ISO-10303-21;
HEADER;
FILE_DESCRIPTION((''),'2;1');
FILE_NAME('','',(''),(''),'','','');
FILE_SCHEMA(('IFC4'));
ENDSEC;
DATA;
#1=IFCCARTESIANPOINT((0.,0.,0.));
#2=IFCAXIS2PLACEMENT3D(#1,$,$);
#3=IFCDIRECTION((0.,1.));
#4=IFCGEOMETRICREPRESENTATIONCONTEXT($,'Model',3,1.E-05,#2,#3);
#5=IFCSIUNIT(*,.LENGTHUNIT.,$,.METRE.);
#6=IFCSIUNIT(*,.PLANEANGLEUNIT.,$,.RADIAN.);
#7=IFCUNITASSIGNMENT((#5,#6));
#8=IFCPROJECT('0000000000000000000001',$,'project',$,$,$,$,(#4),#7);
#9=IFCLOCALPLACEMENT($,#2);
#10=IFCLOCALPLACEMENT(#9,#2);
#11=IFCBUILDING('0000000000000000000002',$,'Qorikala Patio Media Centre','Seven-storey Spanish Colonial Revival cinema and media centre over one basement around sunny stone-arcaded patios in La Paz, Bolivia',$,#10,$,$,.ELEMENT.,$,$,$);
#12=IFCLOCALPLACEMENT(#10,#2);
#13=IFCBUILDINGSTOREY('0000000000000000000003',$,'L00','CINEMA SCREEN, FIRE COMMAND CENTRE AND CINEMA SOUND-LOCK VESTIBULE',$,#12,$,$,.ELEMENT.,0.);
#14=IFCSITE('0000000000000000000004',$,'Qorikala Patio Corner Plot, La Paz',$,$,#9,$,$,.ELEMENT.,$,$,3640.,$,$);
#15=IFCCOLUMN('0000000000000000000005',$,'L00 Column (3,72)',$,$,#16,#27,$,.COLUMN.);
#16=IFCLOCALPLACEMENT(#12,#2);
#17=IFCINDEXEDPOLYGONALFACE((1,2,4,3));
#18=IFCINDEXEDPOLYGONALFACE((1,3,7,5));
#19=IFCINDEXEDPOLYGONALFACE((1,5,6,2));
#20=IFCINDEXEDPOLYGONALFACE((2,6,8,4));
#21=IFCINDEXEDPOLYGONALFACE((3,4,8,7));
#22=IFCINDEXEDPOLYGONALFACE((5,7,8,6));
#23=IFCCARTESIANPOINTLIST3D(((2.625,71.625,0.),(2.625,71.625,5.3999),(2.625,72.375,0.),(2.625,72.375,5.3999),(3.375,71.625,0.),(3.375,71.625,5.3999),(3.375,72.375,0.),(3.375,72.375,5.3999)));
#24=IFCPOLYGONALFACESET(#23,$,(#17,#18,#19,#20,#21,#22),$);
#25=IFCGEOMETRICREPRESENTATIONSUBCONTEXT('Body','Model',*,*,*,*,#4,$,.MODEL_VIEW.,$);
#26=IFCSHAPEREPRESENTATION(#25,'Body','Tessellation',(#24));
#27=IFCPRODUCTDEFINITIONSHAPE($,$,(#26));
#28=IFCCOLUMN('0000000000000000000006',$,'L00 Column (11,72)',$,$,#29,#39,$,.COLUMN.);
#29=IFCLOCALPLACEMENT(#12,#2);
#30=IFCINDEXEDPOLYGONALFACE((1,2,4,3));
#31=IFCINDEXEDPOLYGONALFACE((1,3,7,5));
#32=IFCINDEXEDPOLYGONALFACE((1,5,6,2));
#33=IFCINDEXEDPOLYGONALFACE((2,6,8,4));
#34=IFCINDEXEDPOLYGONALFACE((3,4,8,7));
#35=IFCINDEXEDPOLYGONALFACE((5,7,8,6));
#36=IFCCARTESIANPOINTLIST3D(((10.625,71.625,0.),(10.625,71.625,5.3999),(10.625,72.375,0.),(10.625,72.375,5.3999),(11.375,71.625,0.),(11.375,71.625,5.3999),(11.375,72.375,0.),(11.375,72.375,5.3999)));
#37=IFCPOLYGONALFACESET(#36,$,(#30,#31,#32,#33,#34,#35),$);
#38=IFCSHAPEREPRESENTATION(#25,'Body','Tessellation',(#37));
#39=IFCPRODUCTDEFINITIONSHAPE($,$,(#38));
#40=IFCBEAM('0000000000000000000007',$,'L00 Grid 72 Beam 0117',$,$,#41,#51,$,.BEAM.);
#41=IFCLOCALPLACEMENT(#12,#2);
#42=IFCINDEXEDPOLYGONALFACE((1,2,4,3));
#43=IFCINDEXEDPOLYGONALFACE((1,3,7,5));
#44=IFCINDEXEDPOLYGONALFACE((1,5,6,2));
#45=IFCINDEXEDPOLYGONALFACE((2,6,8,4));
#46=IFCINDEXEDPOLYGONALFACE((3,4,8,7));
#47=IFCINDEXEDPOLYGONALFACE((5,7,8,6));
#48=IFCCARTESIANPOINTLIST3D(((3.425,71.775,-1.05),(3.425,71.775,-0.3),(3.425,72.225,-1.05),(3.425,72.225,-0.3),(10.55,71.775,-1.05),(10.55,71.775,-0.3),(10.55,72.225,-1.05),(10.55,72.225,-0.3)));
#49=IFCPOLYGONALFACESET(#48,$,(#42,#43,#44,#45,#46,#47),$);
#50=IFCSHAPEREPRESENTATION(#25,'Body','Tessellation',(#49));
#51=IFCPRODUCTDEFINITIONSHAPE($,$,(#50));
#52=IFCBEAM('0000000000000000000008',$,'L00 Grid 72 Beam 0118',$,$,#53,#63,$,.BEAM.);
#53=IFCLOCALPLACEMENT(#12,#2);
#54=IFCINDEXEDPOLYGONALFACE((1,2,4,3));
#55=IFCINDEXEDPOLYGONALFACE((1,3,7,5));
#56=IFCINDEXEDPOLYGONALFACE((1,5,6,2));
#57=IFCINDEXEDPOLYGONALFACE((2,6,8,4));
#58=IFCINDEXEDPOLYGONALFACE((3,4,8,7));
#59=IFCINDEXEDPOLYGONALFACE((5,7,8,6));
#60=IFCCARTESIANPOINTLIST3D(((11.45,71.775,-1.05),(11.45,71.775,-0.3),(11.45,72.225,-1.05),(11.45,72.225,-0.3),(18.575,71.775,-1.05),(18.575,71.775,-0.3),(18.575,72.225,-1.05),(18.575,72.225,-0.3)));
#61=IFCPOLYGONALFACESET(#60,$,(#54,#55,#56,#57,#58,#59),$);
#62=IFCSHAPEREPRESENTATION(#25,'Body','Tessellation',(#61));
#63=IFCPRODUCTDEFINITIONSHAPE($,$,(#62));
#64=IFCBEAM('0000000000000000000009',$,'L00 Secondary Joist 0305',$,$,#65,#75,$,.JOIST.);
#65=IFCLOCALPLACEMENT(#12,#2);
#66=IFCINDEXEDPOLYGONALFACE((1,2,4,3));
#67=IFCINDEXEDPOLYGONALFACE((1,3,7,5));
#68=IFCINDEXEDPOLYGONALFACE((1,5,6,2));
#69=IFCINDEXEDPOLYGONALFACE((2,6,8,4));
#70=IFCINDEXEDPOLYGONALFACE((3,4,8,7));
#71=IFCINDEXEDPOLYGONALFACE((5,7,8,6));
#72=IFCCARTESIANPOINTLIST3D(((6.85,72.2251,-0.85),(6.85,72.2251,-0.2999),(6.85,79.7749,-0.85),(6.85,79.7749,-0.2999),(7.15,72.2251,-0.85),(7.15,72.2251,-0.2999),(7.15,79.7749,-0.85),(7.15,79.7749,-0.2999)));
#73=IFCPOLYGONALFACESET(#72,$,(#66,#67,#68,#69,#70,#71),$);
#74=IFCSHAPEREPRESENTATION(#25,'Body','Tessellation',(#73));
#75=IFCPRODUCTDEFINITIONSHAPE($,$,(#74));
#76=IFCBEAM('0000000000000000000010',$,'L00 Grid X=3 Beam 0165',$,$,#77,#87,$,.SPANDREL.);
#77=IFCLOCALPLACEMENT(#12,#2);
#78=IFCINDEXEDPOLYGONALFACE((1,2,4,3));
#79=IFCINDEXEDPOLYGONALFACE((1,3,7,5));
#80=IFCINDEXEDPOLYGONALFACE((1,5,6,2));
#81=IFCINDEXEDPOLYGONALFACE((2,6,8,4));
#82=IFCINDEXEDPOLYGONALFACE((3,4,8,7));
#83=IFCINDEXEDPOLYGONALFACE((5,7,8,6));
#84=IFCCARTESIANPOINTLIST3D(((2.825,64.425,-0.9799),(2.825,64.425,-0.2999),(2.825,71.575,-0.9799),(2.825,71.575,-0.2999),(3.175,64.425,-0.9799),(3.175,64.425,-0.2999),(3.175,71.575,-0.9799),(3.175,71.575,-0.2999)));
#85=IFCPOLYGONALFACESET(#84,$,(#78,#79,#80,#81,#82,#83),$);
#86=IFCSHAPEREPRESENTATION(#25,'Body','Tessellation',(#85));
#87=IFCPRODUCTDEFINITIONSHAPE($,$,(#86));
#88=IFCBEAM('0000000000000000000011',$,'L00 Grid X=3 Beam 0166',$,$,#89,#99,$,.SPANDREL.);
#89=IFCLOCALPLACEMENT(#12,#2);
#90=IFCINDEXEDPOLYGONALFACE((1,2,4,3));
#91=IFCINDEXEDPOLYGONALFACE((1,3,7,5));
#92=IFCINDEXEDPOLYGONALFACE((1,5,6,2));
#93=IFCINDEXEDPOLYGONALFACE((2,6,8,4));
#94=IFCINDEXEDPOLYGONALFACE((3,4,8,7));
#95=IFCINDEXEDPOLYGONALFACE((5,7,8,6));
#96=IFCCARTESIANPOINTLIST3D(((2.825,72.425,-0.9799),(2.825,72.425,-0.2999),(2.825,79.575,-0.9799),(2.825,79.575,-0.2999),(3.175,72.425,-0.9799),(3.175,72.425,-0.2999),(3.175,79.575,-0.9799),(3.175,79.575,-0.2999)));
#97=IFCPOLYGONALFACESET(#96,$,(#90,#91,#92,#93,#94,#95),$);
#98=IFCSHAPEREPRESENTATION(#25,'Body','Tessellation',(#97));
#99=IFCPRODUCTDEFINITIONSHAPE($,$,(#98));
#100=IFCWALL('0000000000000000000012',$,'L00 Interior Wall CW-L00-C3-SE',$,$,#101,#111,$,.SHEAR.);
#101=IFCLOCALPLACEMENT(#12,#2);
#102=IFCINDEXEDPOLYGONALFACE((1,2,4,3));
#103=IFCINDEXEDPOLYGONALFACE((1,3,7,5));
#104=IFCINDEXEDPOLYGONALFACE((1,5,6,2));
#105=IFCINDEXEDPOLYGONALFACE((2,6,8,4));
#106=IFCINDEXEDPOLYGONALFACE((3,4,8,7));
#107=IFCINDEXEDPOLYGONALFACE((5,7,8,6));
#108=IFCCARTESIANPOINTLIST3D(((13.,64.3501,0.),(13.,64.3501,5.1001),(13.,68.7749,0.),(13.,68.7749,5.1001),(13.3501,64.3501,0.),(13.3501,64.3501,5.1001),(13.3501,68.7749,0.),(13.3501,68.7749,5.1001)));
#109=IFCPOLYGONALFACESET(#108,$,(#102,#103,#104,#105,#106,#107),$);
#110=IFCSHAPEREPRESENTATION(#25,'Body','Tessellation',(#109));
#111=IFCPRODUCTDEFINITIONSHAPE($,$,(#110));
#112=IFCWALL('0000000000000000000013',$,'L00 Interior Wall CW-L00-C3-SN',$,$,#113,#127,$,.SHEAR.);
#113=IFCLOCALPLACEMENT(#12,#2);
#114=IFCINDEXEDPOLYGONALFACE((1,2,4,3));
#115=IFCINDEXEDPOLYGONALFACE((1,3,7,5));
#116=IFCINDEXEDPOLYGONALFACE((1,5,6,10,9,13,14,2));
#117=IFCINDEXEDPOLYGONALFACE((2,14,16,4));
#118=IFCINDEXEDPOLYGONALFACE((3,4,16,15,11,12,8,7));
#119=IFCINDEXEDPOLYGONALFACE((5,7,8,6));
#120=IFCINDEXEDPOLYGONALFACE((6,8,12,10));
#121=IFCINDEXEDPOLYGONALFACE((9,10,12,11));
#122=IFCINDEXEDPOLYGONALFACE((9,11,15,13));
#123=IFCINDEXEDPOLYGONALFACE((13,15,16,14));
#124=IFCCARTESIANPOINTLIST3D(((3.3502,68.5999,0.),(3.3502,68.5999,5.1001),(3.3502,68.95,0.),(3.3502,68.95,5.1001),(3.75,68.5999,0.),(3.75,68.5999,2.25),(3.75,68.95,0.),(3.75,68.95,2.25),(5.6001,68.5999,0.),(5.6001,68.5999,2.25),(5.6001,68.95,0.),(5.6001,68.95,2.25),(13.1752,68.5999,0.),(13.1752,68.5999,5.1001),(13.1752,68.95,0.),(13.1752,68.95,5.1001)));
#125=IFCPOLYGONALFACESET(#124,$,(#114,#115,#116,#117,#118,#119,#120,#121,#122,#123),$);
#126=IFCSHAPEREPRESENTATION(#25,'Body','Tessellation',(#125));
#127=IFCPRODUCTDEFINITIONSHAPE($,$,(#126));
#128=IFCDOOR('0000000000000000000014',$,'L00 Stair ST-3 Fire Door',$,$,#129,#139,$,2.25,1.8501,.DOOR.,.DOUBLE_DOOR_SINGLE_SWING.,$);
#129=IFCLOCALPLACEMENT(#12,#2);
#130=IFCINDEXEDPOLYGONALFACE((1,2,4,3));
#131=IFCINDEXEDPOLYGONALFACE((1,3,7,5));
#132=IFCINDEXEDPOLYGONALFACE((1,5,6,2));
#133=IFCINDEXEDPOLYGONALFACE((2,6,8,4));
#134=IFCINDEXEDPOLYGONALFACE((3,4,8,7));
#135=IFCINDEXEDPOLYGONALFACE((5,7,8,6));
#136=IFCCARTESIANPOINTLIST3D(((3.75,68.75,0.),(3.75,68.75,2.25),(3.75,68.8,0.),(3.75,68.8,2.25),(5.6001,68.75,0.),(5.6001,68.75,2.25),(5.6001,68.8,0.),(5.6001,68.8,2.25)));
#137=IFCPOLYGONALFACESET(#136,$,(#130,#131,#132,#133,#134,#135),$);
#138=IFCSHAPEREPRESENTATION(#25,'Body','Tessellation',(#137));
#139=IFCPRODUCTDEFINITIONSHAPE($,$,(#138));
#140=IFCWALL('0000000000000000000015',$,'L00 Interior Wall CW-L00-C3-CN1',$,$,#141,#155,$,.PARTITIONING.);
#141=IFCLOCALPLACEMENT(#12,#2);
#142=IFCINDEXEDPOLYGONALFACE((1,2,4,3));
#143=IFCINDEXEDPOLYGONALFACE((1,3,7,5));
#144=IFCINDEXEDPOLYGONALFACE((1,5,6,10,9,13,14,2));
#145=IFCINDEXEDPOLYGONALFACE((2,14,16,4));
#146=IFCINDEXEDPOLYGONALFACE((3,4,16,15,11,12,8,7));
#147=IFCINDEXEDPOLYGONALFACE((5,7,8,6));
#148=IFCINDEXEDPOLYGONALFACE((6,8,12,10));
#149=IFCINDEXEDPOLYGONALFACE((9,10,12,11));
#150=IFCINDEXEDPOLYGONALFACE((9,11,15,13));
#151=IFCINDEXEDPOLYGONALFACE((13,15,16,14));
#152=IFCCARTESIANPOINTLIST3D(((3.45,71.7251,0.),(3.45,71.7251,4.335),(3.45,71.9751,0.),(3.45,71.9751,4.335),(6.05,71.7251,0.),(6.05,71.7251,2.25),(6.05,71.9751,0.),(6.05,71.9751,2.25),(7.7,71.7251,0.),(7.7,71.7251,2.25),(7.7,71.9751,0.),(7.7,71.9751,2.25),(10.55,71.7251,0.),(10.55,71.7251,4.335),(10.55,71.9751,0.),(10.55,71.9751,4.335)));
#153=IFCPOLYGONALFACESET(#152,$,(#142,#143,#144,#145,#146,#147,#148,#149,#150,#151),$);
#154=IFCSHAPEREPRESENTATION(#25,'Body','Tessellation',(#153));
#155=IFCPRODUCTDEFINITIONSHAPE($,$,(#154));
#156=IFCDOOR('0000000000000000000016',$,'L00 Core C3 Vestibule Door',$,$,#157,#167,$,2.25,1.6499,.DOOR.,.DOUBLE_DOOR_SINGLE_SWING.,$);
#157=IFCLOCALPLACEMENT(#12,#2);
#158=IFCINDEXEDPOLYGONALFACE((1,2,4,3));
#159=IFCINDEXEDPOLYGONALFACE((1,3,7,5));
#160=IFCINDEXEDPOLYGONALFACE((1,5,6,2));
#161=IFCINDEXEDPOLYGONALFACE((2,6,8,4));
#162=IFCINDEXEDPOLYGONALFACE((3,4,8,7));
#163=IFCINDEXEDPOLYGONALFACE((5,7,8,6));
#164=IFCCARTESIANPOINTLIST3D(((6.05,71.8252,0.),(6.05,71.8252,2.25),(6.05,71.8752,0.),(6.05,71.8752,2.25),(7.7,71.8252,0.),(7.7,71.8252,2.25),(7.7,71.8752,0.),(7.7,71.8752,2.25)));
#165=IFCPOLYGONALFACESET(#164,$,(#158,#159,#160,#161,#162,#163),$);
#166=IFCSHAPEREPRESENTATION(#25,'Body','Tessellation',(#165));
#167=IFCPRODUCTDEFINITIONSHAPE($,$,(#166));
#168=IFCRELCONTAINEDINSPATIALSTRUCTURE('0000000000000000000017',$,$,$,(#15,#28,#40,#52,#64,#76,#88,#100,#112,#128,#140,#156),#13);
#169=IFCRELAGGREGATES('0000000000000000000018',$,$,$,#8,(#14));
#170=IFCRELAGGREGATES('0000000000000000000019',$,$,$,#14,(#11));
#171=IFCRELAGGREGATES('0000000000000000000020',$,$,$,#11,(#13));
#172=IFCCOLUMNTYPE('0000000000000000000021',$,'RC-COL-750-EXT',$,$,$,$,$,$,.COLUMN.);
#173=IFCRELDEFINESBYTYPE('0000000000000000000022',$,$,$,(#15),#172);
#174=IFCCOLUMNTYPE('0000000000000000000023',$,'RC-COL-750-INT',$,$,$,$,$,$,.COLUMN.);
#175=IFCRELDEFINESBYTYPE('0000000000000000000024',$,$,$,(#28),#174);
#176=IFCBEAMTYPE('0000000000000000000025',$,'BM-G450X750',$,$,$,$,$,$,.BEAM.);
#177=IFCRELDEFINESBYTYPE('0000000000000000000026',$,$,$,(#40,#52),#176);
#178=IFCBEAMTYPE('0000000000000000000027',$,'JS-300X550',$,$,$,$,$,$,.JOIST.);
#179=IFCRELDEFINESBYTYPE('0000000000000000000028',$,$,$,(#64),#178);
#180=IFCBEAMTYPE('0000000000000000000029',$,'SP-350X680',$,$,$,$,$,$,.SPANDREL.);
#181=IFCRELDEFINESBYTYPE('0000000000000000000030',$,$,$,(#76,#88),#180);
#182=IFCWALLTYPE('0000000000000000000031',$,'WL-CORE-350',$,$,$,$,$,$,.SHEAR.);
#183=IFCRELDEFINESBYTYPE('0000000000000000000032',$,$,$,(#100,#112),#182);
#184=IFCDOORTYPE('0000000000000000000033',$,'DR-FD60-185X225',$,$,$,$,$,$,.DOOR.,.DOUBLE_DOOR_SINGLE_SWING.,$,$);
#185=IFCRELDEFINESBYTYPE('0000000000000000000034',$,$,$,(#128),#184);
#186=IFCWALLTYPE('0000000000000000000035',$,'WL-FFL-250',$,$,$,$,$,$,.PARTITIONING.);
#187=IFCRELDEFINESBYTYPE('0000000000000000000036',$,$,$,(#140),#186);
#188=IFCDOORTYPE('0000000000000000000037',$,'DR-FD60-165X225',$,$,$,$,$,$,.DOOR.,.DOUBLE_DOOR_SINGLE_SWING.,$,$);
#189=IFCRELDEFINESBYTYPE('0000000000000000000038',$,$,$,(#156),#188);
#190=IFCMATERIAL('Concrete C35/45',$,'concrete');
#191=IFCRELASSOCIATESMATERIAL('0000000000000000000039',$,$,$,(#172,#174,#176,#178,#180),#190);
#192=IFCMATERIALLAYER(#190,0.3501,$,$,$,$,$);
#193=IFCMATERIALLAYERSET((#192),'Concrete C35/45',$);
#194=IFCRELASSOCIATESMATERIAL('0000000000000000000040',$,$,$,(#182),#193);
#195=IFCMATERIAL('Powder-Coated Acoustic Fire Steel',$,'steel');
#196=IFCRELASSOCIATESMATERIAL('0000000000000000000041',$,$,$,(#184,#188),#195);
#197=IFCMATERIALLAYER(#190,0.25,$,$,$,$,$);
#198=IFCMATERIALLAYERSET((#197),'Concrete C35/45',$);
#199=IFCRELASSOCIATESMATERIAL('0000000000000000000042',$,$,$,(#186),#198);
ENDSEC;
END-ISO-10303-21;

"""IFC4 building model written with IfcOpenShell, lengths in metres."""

from ifc_helpers import new_model, si_unit, direction, frame, frame_2d, origin, origin_2d, place, context, subcontext, project, spatial, rectangle, extrude, material, layer, layer_set, material_profile, profile_set, type_object, element, fill, save


model = new_model("IFC4")

# Units and contexts
model_context = context("Model", 3, precision=1e-05, world=origin(), true_north=direction((0.0, 1.0)))
body_context = subcontext(model_context, "Body", "Model", "MODEL_VIEW")
ifc_project = project(units=[si_unit("LENGTHUNIT", "METRE"), si_unit("PLANEANGLEUNIT", "RADIAN")], contexts=[model_context])

# Site, building, storey
site_placement = place(None, origin())
site = spatial("IfcSite", under=ifc_project, at=site_placement, Name="Qorikala Patio Corner Plot, La Paz", CompositionType="ELEMENT", RefElevation=3640.0)
building_placement = place(site_placement, origin())
building = spatial("IfcBuilding", under=site, at=building_placement, Name="Qorikala Patio Media Centre", Description="Seven-storey Spanish Colonial Revival cinema and media centre over one basement around sunny stone-arcaded patios in La Paz, Bolivia", CompositionType="ELEMENT")
storey_placement = place(building_placement, origin())
storey = spatial("IfcBuildingStorey", under=building, at=storey_placement, Name="L00", Description="CINEMA SCREEN, FIRE COMMAND CENTRE AND CINEMA SOUND-LOCK VESTIBULE", CompositionType="ELEMENT", Elevation=0.0)

# Columns
ifc_material_1 = material(Name="Concrete C35/45", Category="concrete")
ifc_material_profile_1 = material_profile(ifc_material_1, rectangle(XDim=0.75, YDim=0.75, at=origin_2d()), Name="RC 750x750")
ifc_profile_set_1 = profile_set([ifc_material_profile_1], Name="Concrete C35/45")
column_type_1 = type_object("IfcColumnType", Name="RC-COL-750-EXT", PredefinedType="COLUMN", material=ifc_profile_set_1)
column_1_placement = place(storey_placement, frame((3.0, 72.0, 0.0), z_axis=(0.0, 0.0, 1.0), x_axis=(1.0, 0.0, 0.0)))
element("IfcColumn", 1, at=column_1_placement, inside=storey, type_object=column_type_1, Name="L00 Column (3,72)", PredefinedType="COLUMN", context=body_context, shape_type="SweptSolid", body=[
    extrude(rectangle(XDim=0.75, YDim=0.75, at=origin_2d()), origin(), (0.0, 0.0, 1.0), 5.3999),
])
ifc_material_profile_2 = material_profile(ifc_material_1, rectangle(XDim=0.75, YDim=0.75, at=origin_2d()), Name="RC 750x750")
ifc_profile_set_2 = profile_set([ifc_material_profile_2], Name="Concrete C35/45")
column_type_2 = type_object("IfcColumnType", Name="RC-COL-750-INT", PredefinedType="COLUMN", material=ifc_profile_set_2)
column_2_placement = place(storey_placement, frame((11.0, 72.0, 0.0), z_axis=(0.0, 0.0, 1.0), x_axis=(1.0, 0.0, 0.0)))
element("IfcColumn", 2, at=column_2_placement, inside=storey, type_object=column_type_2, Name="L00 Column (11,72)", PredefinedType="COLUMN", context=body_context, shape_type="SweptSolid", body=[
    extrude(rectangle(XDim=0.75, YDim=0.75, at=origin_2d()), origin(), (0.0, 0.0, 1.0), 5.3999),
])

# Beams
ifc_material_profile_3 = material_profile(ifc_material_1, rectangle(XDim=0.45, YDim=0.75, at=origin_2d()), Name="RC 450x750")
ifc_profile_set_3 = profile_set([ifc_material_profile_3], Name="Concrete C35/45")
beam_type_1 = type_object("IfcBeamType", Name="BM-G450X750", PredefinedType="BEAM", material=ifc_profile_set_3)
for number, where, z_axis, x_axis, name in (
    (3, (3.425, 72.0, -0.675), (1.0, 0.0, 0.0), (0.0, 1.0, 0.0), "L00 Grid 72 Beam 0117"),
    (4, (11.45, 72.0, -0.675), (1.0, 0.0, 0.0), (0.0, 1.0, 0.0), "L00 Grid 72 Beam 0118"),
):
    element("IfcBeam", number, at=place(storey_placement, frame(where, z_axis=z_axis, x_axis=x_axis)), inside=storey, type_object=beam_type_1, Name=name, PredefinedType="BEAM", context=body_context, shape_type="SweptSolid", body=[
        extrude(rectangle(XDim=0.45, YDim=0.75, at=origin_2d()), origin(), (0.0, 0.0, 1.0), 7.125),
    ])
ifc_material_profile_4 = material_profile(ifc_material_1, rectangle(XDim=0.3, YDim=0.55, at=origin_2d()), Name="RC 300x550")
ifc_profile_set_4 = profile_set([ifc_material_profile_4], Name="Concrete C35/45")
beam_type_2 = type_object("IfcBeamType", Name="JS-300X550", PredefinedType="JOIST", material=ifc_profile_set_4)
beam_placement = place(storey_placement, frame((7.0, 72.2251, -0.575), z_axis=(0.0, 1.0, 0.0), x_axis=(-1.0, 0.0, 0.0)))
element("IfcBeam", 5, at=beam_placement, inside=storey, type_object=beam_type_2, Name="L00 Secondary Joist 0305", PredefinedType="JOIST", context=body_context, shape_type="SweptSolid", body=[
    extrude(rectangle(XDim=0.3, YDim=0.55, at=origin_2d()), origin(), (0.0, 0.0, 1.0), 7.5498),
])
ifc_material_profile_5 = material_profile(ifc_material_1, rectangle(XDim=0.3501, YDim=0.6799, at=origin_2d()), Name="RC 350x680")
ifc_profile_set_5 = profile_set([ifc_material_profile_5], Name="Concrete C35/45")
beam_type_3 = type_object("IfcBeamType", Name="SP-350X680", PredefinedType="SPANDREL", material=ifc_profile_set_5)
for number, where, z_axis, x_axis, name in (
    (6, (3.0, 64.425, -0.6399), (0.0, 1.0, 0.0), (-1.0, 0.0, 0.0), "L00 Grid X=3 Beam 0165"),
    (7, (3.0, 72.425, -0.6399), (0.0, 1.0, 0.0), (-1.0, 0.0, 0.0), "L00 Grid X=3 Beam 0166"),
):
    element("IfcBeam", number, at=place(storey_placement, frame(where, z_axis=z_axis, x_axis=x_axis)), inside=storey, type_object=beam_type_3, Name=name, PredefinedType="SPANDREL", context=body_context, shape_type="SweptSolid", body=[
        extrude(rectangle(XDim=0.3501, YDim=0.6799, at=origin_2d()), origin(), (0.0, 0.0, 1.0), 7.1499),
    ])

# Wall
ifc_layer_1 = layer(ifc_material_1, 0.3501)
ifc_layer_set_1 = layer_set([ifc_layer_1], Name="Concrete C35/45")
wall_type_1 = type_object("IfcWallType", Name="WL-CORE-350", PredefinedType="SHEAR", material=ifc_layer_set_1)
wall_1_placement = place(storey_placement, frame((13.175, 64.3501, 0.0), z_axis=(0.0, 0.0, 1.0), x_axis=(0.0, 1.0, 0.0)))
element("IfcWall", 8, at=wall_1_placement, inside=storey, type_object=wall_type_1, Name="L00 Interior Wall CW-L00-C3-SE", PredefinedType="SHEAR", context=body_context, shape_type="SweptSolid", body=[
    extrude(rectangle(XDim=4.4248, YDim=0.3501, at=frame_2d((2.2124, 0.0))), origin(), (0.0, 0.0, 1.0), 5.1001),
])

# Walls, openings, doors
wall_2_placement = place(storey_placement, frame((3.3501, 68.7749, 0.0), z_axis=(0.0, 0.0, 1.0), x_axis=(1.0, 0.0, 0.0)))
wall_2 = element("IfcWall", 9, at=wall_2_placement, inside=storey, type_object=wall_type_1, Name="L00 Interior Wall CW-L00-C3-SN", PredefinedType="SHEAR", context=body_context, shape_type="SweptSolid", body=[
    extrude(rectangle(XDim=9.825, YDim=0.3501, at=frame_2d((4.9126, 0.0))), origin(), (0.0, 0.0, 1.0), 5.1001),
])
opening_1_placement = place(wall_2_placement, frame((0.3999, 0.0, 0.0)))
opening_1 = element("IfcOpeningElement", 10, at=opening_1_placement, cuts=wall_2, PredefinedType="OPENING", context=body_context, shape_type="SweptSolid", body=[
    extrude(rectangle(XDim=1.8501, YDim=2.25, at=frame_2d((0.925, 1.125))), frame((0.0, 0.1851, 0.0), z_axis=(0.0, -1.0, 0.0), x_axis=(1.0, 0.0, 0.0)), (0.0, 0.0, 1.0), 0.3701),
])
ifc_material_2 = material(Name="Powder-Coated Acoustic Fire Steel", Category="steel")
door_type_1 = type_object("IfcDoorType", Name="DR-FD60-185X225", OperationType="DOUBLE_DOOR_SINGLE_SWING", PredefinedType="DOOR", material=ifc_material_2)
door_1_placement = place(opening_1_placement, frame((1.8501, 0.0, 0.0), z_axis=(0.0, 0.0, 1.0), x_axis=(-1.0, 0.0, 0.0)))
door_1 = element("IfcDoor", 11, at=door_1_placement, inside=storey, type_object=door_type_1, Name="L00 Stair ST-3 Fire Door", OperationType="DOUBLE_DOOR_SINGLE_SWING", OverallHeight=2.25, OverallWidth=1.8501, PredefinedType="DOOR", context=body_context, shape_type="SweptSolid", body=[
    extrude(rectangle(XDim=1.8501, YDim=2.25, at=frame_2d((0.925, 1.125))), frame((0.0, 0.0249, 0.0), z_axis=(0.0, -1.0, 0.0), x_axis=(1.0, 0.0, 0.0)), (0.0, 0.0, 1.0), 0.05),
])
fill(opening_1, door_1)
ifc_layer_2 = layer(ifc_material_1, 0.25)
ifc_layer_set_2 = layer_set([ifc_layer_2], Name="Concrete C35/45")
wall_type_2 = type_object("IfcWallType", Name="WL-FFL-250", PredefinedType="PARTITIONING", material=ifc_layer_set_2)
wall_3_placement = place(storey_placement, frame((3.45, 71.8501, 0.0), z_axis=(0.0, 0.0, 1.0), x_axis=(1.0, 0.0, 0.0)))
wall_3 = element("IfcWall", 12, at=wall_3_placement, inside=storey, type_object=wall_type_2, Name="L00 Interior Wall CW-L00-C3-CN1", PredefinedType="PARTITIONING", context=body_context, shape_type="SweptSolid", body=[
    extrude(rectangle(XDim=7.1001, YDim=0.25, at=frame_2d((3.55, 0.0))), origin(), (0.0, 0.0, 1.0), 4.335),
])
opening_2_placement = place(wall_3_placement, frame((2.6001, 0.0, 0.0)))
opening_2 = element("IfcOpeningElement", 13, at=opening_2_placement, cuts=wall_3, PredefinedType="OPENING", context=body_context, shape_type="SweptSolid", body=[
    extrude(rectangle(XDim=1.6499, YDim=2.25, at=frame_2d((0.825, 1.125))), frame((0.0, 0.135, 0.0), z_axis=(0.0, -1.0, 0.0), x_axis=(1.0, 0.0, 0.0)), (0.0, 0.0, 1.0), 0.27),
])
door_type_2 = type_object("IfcDoorType", Name="DR-FD60-165X225", OperationType="DOUBLE_DOOR_SINGLE_SWING", PredefinedType="DOOR", material=ifc_material_2)
door_2_placement = place(opening_2_placement, frame((1.6499, 0.0, 0.0), z_axis=(0.0, 0.0, 1.0), x_axis=(-1.0, 0.0, 0.0)))
door_2 = element("IfcDoor", 14, at=door_2_placement, inside=storey, type_object=door_type_2, Name="L00 Core C3 Vestibule Door", OperationType="DOUBLE_DOOR_SINGLE_SWING", OverallHeight=2.25, OverallWidth=1.6499, PredefinedType="DOOR", context=body_context, shape_type="SweptSolid", body=[
    extrude(rectangle(XDim=1.6499, YDim=2.25, at=frame_2d((0.825, 1.125))), frame((0.0, 0.0249, 0.0), z_axis=(0.0, -1.0, 0.0), x_axis=(1.0, 0.0, 0.0)), (0.0, 0.0, 1.0), 0.05),
])
fill(opening_2, door_2)

save(model, "model.ifc")
